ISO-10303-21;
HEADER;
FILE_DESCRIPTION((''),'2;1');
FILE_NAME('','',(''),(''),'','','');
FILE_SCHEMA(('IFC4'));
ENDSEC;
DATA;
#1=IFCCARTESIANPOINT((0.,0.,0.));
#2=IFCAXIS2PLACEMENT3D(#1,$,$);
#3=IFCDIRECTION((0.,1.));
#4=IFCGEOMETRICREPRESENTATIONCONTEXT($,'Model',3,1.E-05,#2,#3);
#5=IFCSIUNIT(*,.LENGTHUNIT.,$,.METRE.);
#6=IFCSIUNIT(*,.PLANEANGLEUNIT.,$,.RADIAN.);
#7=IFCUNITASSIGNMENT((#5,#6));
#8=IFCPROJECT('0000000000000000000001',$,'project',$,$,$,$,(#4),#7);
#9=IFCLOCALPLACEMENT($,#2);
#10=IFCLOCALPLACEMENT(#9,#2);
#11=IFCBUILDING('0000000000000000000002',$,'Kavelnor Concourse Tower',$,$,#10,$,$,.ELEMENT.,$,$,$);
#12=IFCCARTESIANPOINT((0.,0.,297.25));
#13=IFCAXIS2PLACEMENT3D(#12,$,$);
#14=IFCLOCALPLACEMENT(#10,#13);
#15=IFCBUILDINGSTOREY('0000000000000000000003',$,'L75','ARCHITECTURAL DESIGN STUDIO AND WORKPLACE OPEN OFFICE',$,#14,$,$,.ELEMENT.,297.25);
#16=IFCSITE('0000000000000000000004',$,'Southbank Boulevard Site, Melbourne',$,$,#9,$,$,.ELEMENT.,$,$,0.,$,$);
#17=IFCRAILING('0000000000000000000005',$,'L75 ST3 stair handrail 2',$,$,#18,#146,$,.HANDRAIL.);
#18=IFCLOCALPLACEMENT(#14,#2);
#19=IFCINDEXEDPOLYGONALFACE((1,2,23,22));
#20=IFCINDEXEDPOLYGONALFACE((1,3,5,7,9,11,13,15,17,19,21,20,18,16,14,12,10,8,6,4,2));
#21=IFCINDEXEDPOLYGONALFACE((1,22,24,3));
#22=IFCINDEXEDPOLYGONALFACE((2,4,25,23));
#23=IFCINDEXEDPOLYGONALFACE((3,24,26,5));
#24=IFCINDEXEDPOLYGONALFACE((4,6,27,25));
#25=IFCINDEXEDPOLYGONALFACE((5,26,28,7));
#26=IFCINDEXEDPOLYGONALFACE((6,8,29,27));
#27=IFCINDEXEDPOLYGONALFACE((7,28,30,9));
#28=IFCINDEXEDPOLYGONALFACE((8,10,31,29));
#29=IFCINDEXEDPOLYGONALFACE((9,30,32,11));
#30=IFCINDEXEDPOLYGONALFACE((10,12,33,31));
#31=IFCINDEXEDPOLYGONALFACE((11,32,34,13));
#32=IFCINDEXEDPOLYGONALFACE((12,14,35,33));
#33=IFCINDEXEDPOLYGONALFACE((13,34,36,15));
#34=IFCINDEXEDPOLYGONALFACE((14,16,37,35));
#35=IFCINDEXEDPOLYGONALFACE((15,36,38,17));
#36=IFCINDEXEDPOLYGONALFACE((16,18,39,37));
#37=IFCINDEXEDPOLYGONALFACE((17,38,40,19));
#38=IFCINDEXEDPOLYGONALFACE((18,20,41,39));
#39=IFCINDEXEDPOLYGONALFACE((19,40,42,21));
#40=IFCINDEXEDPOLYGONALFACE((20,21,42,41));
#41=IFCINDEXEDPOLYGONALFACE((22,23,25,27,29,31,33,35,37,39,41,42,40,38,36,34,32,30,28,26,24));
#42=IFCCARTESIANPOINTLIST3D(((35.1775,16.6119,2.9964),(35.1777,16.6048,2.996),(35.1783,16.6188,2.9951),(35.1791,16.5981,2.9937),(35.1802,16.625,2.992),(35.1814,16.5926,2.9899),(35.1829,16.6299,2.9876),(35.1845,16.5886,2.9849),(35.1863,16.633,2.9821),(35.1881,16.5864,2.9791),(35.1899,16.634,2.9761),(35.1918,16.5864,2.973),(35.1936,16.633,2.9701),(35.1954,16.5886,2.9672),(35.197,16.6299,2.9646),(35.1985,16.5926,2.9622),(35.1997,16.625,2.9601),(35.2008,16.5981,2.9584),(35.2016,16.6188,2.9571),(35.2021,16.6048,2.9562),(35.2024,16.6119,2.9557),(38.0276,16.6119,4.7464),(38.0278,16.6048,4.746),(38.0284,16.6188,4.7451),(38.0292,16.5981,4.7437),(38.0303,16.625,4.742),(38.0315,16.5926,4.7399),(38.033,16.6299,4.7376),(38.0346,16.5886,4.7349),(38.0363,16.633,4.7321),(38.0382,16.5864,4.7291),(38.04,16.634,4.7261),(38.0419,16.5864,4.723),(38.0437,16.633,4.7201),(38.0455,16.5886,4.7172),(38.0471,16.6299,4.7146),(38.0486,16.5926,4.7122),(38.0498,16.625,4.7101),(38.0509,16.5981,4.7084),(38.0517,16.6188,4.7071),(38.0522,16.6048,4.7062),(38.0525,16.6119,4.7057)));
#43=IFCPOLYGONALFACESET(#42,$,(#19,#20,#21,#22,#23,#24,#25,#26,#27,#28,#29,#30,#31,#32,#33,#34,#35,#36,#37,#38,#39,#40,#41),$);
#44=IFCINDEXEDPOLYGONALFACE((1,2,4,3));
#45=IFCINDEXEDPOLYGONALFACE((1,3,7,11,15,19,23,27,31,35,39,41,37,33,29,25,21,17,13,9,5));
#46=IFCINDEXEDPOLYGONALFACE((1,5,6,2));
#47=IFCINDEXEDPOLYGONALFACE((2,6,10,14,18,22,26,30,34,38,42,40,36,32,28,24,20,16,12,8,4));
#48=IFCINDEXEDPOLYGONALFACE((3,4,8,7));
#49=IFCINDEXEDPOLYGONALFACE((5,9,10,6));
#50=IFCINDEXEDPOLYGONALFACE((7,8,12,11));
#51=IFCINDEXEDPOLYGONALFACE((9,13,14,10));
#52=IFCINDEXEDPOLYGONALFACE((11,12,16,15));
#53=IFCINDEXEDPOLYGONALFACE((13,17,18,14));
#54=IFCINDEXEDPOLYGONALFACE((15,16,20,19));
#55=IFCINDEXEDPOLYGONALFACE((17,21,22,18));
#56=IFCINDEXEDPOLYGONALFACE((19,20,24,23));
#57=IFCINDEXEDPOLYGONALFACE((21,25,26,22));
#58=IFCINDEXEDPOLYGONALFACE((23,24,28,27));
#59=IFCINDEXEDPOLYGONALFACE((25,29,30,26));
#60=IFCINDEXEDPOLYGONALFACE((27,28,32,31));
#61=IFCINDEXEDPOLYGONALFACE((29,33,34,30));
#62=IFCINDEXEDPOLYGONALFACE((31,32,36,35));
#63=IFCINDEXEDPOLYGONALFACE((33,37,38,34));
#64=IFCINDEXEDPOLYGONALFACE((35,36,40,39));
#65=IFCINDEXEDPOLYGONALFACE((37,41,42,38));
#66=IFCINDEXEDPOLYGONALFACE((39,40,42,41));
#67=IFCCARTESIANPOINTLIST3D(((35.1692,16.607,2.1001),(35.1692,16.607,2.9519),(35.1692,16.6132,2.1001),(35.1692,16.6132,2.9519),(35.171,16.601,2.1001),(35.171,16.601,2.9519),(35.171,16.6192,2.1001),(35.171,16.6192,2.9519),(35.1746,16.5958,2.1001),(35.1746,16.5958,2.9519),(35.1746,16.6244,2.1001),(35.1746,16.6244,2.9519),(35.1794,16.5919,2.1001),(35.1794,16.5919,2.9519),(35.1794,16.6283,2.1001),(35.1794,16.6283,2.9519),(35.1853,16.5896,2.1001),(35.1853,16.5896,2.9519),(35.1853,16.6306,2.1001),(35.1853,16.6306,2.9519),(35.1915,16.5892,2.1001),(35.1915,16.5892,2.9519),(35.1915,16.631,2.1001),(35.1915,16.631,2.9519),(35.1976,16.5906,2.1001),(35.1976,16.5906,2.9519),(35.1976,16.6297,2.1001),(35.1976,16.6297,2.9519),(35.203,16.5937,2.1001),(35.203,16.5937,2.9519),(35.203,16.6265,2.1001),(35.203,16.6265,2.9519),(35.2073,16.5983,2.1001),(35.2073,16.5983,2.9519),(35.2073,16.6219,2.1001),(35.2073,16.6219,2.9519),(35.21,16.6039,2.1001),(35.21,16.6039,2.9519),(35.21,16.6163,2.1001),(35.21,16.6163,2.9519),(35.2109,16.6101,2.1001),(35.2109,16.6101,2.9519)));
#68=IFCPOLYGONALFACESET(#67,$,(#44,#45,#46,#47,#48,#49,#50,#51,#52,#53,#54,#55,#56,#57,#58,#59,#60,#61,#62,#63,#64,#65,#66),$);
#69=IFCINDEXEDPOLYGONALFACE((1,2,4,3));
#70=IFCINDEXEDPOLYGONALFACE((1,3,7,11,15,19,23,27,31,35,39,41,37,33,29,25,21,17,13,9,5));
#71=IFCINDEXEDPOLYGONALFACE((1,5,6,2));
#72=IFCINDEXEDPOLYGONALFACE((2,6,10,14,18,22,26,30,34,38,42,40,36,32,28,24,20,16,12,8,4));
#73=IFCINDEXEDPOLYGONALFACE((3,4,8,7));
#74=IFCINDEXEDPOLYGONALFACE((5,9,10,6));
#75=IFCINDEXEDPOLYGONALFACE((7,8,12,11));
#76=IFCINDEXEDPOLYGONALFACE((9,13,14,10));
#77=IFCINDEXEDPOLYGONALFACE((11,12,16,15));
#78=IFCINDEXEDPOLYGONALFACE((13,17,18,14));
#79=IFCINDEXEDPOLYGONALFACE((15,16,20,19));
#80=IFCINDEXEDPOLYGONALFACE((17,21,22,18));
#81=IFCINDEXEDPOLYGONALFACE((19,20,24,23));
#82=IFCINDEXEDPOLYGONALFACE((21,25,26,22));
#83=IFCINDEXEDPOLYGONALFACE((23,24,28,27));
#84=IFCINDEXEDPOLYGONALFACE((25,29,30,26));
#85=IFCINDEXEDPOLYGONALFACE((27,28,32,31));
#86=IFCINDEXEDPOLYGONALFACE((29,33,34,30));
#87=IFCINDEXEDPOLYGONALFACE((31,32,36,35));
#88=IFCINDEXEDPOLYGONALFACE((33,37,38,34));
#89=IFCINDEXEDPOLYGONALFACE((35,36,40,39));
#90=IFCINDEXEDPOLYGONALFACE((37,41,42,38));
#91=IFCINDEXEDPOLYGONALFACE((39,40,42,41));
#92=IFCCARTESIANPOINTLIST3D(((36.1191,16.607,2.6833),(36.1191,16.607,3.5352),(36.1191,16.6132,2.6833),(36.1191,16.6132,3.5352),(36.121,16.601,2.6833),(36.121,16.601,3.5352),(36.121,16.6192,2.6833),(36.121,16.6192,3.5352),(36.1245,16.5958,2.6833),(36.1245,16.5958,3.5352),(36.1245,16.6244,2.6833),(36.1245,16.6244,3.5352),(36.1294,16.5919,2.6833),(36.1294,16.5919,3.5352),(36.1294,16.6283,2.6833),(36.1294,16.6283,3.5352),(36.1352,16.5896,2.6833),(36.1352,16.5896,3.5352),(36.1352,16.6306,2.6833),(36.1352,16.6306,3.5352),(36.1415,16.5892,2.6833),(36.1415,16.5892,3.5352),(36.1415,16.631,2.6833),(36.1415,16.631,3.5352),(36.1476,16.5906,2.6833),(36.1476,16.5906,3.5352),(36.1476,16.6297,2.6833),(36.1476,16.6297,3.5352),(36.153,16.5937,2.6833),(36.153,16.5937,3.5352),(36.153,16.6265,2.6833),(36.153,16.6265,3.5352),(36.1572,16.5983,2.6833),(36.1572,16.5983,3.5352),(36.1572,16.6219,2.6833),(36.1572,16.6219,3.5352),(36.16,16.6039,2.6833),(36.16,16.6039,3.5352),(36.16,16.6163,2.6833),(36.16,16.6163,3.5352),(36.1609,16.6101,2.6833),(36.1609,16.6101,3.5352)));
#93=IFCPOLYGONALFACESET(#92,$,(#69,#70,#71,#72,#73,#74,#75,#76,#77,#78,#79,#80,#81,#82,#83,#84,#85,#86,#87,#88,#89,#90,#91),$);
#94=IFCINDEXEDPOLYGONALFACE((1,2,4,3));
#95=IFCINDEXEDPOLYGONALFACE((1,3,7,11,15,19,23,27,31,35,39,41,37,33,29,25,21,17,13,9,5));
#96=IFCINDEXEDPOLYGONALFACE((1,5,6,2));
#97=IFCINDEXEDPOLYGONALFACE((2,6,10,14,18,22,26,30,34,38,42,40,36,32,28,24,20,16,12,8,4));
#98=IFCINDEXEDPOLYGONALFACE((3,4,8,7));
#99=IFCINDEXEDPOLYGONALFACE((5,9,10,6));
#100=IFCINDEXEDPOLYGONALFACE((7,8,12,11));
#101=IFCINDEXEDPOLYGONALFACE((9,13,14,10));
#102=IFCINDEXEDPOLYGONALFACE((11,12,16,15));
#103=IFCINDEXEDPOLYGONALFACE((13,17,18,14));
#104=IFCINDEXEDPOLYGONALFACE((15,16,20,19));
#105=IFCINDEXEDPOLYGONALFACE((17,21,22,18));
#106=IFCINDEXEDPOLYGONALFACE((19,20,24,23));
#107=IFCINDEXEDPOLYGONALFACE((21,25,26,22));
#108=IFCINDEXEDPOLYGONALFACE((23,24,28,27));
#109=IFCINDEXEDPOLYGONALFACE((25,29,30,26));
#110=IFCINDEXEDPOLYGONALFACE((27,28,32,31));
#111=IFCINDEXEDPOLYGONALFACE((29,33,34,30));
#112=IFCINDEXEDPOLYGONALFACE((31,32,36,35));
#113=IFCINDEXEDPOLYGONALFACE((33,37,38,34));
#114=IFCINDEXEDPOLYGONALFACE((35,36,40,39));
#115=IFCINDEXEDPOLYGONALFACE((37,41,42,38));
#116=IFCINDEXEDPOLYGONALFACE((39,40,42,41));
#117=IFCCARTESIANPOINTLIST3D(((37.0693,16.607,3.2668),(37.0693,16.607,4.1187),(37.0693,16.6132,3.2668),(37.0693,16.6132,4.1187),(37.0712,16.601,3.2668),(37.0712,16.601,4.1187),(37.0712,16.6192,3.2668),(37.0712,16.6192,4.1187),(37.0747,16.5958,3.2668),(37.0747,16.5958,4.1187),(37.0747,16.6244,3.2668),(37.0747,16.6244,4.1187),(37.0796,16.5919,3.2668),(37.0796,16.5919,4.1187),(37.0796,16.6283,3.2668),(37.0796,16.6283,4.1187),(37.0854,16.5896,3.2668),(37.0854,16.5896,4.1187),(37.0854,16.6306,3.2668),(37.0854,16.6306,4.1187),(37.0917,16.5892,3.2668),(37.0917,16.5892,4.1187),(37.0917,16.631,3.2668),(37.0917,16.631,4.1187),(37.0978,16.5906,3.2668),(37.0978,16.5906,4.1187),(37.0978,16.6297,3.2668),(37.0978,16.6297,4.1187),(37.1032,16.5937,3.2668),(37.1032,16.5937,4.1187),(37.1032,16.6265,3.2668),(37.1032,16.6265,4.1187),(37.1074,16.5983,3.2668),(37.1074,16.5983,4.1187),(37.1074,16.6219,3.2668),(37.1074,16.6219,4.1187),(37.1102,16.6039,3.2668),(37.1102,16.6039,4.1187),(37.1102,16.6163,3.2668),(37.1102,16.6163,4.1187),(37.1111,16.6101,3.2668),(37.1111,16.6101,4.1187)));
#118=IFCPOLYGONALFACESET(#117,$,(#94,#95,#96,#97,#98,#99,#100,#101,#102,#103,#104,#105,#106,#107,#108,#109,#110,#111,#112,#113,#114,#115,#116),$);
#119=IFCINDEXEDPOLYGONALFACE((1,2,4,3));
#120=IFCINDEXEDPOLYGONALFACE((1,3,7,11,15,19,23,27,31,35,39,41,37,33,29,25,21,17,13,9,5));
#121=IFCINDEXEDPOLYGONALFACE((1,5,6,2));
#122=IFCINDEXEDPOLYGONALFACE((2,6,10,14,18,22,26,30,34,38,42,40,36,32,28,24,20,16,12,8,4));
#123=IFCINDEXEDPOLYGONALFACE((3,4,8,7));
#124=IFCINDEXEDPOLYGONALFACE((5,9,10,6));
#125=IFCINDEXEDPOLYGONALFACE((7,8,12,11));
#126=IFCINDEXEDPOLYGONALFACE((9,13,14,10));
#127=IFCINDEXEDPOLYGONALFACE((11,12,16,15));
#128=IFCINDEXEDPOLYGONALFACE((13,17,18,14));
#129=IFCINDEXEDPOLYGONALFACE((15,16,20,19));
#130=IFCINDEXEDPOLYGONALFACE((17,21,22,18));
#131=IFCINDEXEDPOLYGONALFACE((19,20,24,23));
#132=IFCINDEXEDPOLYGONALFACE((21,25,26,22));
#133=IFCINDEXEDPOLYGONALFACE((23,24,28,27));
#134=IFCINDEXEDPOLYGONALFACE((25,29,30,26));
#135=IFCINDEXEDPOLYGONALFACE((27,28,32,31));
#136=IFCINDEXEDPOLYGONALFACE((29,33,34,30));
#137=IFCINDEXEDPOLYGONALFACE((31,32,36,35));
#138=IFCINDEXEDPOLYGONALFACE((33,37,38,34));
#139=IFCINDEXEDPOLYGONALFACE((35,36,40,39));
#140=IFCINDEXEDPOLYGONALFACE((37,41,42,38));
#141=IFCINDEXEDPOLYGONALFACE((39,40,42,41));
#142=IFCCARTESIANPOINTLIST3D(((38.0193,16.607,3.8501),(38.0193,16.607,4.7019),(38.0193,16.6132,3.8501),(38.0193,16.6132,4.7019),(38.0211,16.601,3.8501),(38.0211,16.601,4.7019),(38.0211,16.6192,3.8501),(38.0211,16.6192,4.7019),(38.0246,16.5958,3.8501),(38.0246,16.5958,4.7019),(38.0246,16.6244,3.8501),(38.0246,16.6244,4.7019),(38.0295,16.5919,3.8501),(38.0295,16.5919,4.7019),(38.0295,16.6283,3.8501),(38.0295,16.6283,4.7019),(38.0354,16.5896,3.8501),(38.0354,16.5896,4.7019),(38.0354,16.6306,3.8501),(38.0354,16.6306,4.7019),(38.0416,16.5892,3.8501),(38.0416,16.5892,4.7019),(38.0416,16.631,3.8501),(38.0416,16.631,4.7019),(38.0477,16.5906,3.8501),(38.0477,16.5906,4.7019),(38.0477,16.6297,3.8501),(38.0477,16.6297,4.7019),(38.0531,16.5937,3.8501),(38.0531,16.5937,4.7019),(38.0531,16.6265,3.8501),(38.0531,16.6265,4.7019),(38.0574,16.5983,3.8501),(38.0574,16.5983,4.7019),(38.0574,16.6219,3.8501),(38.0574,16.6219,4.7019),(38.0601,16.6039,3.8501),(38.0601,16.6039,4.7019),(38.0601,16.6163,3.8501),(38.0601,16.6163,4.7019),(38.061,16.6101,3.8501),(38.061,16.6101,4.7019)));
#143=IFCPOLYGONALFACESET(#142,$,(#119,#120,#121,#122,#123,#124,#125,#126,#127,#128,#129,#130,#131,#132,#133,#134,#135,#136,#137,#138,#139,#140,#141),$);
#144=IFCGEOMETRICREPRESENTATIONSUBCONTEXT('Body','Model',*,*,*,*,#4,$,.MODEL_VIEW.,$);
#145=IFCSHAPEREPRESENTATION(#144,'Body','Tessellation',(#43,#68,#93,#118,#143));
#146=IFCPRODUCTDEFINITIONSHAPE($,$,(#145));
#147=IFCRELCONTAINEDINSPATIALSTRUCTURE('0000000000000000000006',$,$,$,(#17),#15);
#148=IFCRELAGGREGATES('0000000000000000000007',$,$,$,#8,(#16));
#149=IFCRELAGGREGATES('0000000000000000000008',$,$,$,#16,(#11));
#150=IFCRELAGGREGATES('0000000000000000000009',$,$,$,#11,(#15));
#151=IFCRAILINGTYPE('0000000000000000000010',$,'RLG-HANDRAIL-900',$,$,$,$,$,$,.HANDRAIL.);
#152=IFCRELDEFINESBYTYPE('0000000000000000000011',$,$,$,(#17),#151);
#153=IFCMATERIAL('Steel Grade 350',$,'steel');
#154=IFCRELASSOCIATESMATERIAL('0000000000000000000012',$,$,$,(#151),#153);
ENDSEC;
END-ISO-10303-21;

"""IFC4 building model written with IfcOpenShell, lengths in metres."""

from ifc_helpers import new_model, si_unit, direction, frame, origin, origin_2d, place, context, subcontext, project, spatial, circle, extrude, material, type_object, element, save


model = new_model("IFC4")

# Units and contexts
model_context = context("Model", 3, precision=1e-05, world=origin(), true_north=direction((0.0, 1.0)))
body_context = subcontext(model_context, "Body", "Model", "MODEL_VIEW")
ifc_project = project(units=[si_unit("LENGTHUNIT", "METRE"), si_unit("PLANEANGLEUNIT", "RADIAN")], contexts=[model_context])

# Site, building, storey
site_placement = place(None, origin())
site = spatial("IfcSite", under=ifc_project, at=site_placement, Name="Southbank Boulevard Site, Melbourne", CompositionType="ELEMENT", RefElevation=0.0)
building_placement = place(site_placement, origin())
building = spatial("IfcBuilding", under=site, at=building_placement, Name="Kavelnor Concourse Tower", CompositionType="ELEMENT")
storey_placement = place(building_placement, frame((0.0, 0.0, 297.25)))
storey = spatial("IfcBuildingStorey", under=building, at=storey_placement, Name="L75", Description="ARCHITECTURAL DESIGN STUDIO AND WORKPLACE OPEN OFFICE", CompositionType="ELEMENT", Elevation=297.25)

# Shared definitions
ifc_material_1 = material(Name="Steel Grade 350", Category="steel")

# Railing
railing_type_1 = type_object("IfcRailingType", Name="RLG-HANDRAIL-900", PredefinedType="HANDRAIL", material=ifc_material_1)
railing_1_placement = place(storey_placement, frame((35.1899, 16.6101, 2.1001)))
element("IfcRailing", 1, at=railing_1_placement, inside=storey, type_object=railing_type_1, Name="L75 ST3 stair handrail 2", PredefinedType="HANDRAIL", context=body_context, shape_type="SweptSolid", body=[
    extrude(circle(Radius=0.0239, at=origin_2d()), frame((0.0, 0.0, 0.876), z_axis=(0.852179, 0.0, 0.52325), x_axis=(0.0, 1.0, 0.0)), (0.0, 0.0, 1.0), 3.3445),
    extrude(circle(Radius=0.021, at=origin_2d()), origin(), (0.0, 0.0, 1.0), 0.8518),
    extrude(circle(Radius=0.021, at=origin_2d()), frame((0.95, 0.0, 0.5833)), (0.0, 0.0, 1.0), 0.8518),
    extrude(circle(Radius=0.021, at=origin_2d()), frame((1.9001, 0.0, 1.1667)), (0.0, 0.0, 1.0), 0.8518),
    extrude(circle(Radius=0.021, at=origin_2d()), frame((2.8501, 0.0, 1.75)), (0.0, 0.0, 1.0), 0.8518),
])

save(model, "model.ifc")
